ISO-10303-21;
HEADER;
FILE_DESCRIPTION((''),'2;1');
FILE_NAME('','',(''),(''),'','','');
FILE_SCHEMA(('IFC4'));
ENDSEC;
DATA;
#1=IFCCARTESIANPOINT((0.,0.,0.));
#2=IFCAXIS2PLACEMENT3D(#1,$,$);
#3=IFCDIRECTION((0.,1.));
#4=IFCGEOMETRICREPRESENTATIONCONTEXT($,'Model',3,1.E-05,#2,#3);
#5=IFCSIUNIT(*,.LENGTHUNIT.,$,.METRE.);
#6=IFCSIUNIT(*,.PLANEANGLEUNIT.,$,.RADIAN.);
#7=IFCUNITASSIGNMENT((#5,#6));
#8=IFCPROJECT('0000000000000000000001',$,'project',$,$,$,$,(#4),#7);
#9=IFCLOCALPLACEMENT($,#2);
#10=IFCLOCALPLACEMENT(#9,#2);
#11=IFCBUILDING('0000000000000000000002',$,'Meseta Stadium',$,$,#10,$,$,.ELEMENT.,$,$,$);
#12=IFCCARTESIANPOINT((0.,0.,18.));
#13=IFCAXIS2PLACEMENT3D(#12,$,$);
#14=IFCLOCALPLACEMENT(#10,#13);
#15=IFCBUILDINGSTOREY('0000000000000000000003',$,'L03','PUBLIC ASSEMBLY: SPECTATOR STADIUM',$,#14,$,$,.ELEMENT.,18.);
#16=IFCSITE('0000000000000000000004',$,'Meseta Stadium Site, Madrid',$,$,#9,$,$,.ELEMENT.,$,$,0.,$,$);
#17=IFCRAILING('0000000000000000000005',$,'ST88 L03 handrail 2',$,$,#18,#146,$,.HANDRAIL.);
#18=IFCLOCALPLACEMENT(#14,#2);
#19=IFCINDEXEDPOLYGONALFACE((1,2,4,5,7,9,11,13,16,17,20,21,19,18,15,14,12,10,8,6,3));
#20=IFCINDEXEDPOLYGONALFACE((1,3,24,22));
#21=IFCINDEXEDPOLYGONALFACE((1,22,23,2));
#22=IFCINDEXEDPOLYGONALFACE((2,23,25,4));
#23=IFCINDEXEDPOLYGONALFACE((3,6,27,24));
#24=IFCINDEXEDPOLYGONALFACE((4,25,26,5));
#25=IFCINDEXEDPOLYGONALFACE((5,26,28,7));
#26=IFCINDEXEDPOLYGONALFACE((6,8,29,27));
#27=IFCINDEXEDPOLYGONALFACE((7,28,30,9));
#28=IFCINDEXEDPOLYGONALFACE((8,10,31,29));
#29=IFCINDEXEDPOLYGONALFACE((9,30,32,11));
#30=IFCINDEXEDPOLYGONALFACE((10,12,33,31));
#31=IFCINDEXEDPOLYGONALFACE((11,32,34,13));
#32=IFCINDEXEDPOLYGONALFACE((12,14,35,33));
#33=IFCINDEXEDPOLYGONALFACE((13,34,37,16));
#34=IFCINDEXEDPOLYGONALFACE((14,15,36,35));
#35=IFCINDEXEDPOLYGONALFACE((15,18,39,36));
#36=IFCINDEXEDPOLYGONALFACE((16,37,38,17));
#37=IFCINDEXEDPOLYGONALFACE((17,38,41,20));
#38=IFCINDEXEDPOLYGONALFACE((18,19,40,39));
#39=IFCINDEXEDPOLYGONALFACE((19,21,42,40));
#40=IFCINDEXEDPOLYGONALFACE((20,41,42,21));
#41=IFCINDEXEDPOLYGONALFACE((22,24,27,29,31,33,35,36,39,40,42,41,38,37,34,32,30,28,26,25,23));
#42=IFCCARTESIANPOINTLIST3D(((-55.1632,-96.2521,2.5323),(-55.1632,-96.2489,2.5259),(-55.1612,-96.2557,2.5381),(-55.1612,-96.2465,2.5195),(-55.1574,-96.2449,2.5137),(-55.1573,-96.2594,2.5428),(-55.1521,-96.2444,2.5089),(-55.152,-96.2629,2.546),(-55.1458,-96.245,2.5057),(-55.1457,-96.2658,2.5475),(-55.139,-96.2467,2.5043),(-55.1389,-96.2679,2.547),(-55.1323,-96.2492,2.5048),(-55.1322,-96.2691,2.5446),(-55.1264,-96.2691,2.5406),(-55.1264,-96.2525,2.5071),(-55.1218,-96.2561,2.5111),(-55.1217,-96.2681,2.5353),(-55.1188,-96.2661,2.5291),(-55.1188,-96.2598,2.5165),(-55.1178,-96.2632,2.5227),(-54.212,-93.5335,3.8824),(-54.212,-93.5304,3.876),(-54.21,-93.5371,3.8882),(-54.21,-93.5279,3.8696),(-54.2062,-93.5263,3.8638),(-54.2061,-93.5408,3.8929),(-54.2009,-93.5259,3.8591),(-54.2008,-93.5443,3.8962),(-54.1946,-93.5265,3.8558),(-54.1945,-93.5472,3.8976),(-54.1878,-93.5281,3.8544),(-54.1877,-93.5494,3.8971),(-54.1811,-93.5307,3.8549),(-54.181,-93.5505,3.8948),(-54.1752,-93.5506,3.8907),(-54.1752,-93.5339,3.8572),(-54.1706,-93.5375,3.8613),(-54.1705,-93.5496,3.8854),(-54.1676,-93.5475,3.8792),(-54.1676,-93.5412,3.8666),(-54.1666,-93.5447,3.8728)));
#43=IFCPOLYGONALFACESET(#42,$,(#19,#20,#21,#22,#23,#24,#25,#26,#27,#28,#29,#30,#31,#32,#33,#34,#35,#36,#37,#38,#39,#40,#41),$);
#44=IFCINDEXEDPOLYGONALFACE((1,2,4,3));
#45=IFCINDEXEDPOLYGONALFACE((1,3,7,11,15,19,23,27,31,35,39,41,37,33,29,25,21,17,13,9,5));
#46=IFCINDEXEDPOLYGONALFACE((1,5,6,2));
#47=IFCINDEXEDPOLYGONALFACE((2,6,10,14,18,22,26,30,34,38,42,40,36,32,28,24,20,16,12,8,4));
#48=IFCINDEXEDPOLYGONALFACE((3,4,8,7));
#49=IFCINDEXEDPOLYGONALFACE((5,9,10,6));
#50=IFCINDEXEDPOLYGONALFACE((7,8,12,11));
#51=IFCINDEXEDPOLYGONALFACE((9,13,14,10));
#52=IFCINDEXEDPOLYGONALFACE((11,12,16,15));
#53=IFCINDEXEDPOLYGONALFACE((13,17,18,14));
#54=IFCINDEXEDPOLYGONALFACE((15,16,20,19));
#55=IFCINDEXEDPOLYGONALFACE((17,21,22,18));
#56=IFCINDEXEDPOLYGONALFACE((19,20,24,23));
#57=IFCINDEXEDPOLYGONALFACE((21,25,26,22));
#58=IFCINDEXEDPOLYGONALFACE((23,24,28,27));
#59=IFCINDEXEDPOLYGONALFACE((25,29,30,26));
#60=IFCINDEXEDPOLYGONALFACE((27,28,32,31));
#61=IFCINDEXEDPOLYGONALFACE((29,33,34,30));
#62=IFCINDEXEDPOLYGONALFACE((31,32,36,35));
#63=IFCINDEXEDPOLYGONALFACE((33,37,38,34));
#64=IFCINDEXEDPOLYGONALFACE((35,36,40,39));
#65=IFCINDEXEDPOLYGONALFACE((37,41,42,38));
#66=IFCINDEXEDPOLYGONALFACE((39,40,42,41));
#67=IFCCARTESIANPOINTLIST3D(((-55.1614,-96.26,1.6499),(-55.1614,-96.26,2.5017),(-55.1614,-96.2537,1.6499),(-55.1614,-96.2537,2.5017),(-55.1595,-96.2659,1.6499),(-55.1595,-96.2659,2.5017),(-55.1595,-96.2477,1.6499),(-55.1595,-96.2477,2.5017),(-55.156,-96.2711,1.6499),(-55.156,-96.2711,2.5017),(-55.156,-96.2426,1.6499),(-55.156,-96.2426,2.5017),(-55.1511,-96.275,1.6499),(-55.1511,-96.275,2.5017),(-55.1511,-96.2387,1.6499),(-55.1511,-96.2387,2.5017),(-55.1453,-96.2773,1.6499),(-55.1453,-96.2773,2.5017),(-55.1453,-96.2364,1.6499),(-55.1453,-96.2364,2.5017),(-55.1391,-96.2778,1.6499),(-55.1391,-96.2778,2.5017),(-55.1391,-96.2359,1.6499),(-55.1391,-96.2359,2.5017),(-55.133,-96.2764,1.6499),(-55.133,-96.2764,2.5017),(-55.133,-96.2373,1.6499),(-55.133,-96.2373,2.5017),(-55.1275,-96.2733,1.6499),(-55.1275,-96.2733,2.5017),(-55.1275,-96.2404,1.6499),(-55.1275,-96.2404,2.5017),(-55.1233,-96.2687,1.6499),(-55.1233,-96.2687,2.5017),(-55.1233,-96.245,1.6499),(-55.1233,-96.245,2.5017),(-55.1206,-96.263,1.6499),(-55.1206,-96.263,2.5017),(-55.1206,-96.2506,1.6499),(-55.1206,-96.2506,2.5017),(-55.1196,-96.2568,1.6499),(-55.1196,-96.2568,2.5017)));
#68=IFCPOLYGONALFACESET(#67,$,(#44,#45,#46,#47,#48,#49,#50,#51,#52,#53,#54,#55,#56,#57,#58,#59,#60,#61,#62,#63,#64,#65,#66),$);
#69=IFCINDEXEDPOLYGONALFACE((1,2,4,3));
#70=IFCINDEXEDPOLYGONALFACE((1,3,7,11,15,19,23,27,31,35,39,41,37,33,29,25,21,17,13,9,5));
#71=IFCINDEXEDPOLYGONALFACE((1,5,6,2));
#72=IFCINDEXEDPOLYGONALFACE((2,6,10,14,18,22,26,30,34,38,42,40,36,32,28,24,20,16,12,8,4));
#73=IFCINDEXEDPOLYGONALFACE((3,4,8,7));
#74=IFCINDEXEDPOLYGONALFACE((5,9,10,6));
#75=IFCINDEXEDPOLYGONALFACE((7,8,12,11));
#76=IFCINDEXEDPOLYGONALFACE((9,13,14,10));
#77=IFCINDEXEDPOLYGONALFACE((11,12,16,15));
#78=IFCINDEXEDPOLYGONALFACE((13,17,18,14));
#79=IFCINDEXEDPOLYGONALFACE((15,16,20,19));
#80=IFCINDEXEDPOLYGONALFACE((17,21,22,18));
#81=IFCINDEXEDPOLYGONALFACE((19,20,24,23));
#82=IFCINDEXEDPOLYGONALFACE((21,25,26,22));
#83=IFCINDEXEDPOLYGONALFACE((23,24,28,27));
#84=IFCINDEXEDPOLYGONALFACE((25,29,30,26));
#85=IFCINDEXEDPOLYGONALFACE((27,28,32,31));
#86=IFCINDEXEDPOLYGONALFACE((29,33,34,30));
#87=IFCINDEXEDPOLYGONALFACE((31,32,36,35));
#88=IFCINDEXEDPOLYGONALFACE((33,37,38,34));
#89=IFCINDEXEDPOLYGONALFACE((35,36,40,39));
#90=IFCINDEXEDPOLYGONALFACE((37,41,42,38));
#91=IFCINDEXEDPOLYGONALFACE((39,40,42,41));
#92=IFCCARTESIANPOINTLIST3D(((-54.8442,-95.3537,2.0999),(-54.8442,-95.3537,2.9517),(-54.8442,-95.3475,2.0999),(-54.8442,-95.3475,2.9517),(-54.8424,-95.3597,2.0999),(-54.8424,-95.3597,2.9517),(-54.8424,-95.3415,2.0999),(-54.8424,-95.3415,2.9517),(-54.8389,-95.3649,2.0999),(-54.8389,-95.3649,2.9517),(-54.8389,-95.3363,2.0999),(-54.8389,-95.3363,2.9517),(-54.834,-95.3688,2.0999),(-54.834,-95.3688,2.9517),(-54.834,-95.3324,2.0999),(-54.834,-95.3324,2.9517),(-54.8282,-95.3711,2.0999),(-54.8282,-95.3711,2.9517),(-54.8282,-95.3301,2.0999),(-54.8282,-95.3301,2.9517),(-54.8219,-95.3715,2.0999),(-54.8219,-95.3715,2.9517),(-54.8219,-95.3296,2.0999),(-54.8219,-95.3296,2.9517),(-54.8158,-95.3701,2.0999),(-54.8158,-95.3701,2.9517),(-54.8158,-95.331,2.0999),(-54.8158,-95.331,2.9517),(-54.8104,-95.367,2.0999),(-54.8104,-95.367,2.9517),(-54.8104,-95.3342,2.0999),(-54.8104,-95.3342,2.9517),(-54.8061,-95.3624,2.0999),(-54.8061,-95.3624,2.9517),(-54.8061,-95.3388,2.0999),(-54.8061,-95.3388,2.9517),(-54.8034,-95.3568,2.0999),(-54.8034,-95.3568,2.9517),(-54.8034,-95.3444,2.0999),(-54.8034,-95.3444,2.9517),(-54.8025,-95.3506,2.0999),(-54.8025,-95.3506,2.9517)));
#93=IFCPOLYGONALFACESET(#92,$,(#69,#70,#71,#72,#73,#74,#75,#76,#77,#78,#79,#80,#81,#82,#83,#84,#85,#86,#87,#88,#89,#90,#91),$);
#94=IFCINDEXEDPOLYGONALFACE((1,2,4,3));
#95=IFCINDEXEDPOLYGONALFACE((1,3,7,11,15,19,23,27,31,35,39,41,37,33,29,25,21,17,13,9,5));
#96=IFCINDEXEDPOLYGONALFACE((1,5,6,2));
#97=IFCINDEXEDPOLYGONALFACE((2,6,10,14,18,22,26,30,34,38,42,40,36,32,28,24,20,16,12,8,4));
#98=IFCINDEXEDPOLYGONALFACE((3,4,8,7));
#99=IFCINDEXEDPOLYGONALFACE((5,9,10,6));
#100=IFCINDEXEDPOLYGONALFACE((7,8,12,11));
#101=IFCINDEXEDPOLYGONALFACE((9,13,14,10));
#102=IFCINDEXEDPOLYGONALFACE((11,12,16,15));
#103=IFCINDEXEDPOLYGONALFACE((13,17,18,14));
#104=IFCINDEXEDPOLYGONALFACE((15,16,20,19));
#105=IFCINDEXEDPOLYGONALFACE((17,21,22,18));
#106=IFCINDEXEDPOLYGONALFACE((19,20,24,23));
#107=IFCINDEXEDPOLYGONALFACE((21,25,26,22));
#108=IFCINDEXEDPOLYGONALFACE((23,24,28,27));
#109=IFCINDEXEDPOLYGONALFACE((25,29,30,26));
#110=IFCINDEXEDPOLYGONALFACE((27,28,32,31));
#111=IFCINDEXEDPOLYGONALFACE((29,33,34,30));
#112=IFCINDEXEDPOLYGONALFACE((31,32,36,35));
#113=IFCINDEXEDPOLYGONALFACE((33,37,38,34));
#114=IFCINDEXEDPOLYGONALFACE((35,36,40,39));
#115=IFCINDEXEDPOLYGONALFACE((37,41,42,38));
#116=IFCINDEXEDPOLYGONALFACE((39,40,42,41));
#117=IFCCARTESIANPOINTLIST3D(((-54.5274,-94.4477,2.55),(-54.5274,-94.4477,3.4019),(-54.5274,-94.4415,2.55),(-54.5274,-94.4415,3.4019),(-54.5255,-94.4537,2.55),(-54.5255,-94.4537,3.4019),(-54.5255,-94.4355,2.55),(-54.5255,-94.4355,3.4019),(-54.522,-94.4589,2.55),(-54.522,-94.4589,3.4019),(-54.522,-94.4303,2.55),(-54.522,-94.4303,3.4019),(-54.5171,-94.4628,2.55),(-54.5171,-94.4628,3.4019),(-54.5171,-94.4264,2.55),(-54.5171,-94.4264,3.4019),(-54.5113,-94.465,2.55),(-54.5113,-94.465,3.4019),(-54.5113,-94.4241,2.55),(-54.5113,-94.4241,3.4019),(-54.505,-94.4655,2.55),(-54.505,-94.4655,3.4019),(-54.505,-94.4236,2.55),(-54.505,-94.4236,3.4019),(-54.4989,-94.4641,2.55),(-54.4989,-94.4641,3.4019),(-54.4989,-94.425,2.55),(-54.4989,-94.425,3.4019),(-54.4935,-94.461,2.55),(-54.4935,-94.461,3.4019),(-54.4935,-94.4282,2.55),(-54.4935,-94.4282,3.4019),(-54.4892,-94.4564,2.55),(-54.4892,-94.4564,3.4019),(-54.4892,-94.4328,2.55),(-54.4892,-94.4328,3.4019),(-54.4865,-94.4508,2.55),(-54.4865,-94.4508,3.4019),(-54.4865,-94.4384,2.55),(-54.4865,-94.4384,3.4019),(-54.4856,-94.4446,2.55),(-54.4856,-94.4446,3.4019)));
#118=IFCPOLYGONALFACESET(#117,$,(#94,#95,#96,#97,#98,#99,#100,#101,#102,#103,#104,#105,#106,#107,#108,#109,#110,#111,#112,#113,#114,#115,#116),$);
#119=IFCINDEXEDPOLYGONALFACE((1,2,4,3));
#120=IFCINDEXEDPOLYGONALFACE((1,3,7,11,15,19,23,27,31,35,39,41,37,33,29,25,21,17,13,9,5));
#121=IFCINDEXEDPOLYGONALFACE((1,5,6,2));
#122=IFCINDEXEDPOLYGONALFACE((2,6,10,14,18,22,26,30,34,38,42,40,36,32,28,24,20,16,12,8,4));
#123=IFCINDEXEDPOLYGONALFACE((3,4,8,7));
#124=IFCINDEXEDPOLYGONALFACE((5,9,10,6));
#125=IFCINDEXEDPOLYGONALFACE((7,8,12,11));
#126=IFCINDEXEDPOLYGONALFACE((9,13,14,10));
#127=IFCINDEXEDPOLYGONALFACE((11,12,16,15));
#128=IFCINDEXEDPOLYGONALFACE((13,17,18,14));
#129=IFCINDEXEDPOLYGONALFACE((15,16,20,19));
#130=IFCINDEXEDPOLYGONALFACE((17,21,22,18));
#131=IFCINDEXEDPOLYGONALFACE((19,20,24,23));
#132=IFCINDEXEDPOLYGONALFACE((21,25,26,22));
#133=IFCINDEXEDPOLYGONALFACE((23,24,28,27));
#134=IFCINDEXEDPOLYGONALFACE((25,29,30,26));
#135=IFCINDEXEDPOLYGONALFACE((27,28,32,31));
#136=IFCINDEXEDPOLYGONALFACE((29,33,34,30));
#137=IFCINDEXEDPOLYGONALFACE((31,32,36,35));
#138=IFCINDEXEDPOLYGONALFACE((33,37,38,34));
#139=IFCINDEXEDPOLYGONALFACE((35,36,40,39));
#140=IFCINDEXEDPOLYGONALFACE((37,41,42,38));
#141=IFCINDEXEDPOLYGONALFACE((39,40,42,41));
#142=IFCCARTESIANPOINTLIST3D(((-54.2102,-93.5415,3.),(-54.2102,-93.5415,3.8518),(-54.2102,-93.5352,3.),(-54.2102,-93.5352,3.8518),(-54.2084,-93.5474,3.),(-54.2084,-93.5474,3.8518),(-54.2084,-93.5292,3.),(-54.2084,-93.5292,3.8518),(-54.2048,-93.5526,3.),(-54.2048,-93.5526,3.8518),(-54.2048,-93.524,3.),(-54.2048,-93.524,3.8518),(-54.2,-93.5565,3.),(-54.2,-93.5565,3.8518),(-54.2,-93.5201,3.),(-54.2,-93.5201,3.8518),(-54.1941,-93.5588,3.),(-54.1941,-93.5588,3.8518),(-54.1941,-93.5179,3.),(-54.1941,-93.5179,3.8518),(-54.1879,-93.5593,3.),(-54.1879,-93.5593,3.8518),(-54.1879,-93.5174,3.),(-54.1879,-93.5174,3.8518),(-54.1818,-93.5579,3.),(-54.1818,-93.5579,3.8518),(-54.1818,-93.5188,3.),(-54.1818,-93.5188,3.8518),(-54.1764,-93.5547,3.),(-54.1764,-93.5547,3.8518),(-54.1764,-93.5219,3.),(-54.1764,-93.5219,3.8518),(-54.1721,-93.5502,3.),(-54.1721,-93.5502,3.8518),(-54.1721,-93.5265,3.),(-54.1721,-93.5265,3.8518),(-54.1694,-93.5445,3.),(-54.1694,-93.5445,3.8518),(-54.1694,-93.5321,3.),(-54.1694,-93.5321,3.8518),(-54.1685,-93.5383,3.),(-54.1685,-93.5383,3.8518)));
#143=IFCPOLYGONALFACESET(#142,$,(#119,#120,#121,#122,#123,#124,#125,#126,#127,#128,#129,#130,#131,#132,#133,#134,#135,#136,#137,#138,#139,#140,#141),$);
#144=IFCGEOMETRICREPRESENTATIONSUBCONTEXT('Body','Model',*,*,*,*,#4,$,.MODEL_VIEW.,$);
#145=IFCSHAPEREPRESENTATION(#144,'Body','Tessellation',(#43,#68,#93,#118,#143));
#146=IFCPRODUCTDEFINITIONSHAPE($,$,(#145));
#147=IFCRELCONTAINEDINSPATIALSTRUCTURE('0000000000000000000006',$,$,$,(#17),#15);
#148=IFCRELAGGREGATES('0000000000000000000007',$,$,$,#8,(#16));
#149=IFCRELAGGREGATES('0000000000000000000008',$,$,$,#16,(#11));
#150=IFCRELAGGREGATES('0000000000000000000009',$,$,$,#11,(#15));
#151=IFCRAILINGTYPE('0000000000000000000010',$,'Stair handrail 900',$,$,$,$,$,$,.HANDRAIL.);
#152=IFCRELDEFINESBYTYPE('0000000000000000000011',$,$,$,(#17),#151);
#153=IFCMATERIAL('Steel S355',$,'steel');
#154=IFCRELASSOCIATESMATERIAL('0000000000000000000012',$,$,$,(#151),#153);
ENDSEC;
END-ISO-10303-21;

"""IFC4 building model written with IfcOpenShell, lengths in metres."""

from ifc_helpers import new_model, si_unit, direction, frame, origin, origin_2d, place, context, subcontext, project, spatial, circle, extrude, material, type_object, element, save


model = new_model("IFC4")

# Units and contexts
model_context = context("Model", 3, precision=1e-05, world=origin(), true_north=direction((0.0, 1.0)))
body_context = subcontext(model_context, "Body", "Model", "MODEL_VIEW")
ifc_project = project(units=[si_unit("LENGTHUNIT", "METRE"), si_unit("PLANEANGLEUNIT", "RADIAN")], contexts=[model_context])

# Site, building, storey
site_placement = place(None, origin())
site = spatial("IfcSite", under=ifc_project, at=site_placement, Name="Meseta Stadium Site, Madrid", CompositionType="ELEMENT", RefElevation=0.0)
building_placement = place(site_placement, origin())
building = spatial("IfcBuilding", under=site, at=building_placement, Name="Meseta Stadium", CompositionType="ELEMENT")
storey_placement = place(building_placement, frame((0.0, 0.0, 18.0)))
storey = spatial("IfcBuildingStorey", under=building, at=storey_placement, Name="L03", Description="PUBLIC ASSEMBLY: SPECTATOR STADIUM", CompositionType="ELEMENT", Elevation=18.0)

# Railing
ifc_material_1 = material(Name="Steel S355", Category="steel")
railing_type_1 = type_object("IfcRailingType", Name="Stair handrail 900", PredefinedType="HANDRAIL", material=ifc_material_1)
for number, where, name in (
    (1, (-55.1406, -96.2568, 1.6499), "ST88 L03 handrail 2"),
):
    element("IfcRailing", number, at=place(storey_placement, frame(where)), inside=storey, type_object=railing_type_1, Name=name, PredefinedType="HANDRAIL", context=body_context, shape_type="SweptSolid", body=[
        extrude(circle(Radius=0.0239, at=origin_2d()), frame((0.0, 0.0, 0.876), z_axis=(0.299031, 0.854649, 0.424446), x_axis=(-0.943891, 0.330256, 0.0)), (0.0, 0.0, 1.0), 3.1809),
        extrude(circle(Radius=0.021, at=origin_2d()), origin(), (0.0, 0.0, 1.0), 0.8518),
        extrude(circle(Radius=0.021, at=origin_2d()), frame((0.3171, 0.9062, 0.45)), (0.0, 0.0, 1.0), 0.8518),
        extrude(circle(Radius=0.021, at=origin_2d()), frame((0.634, 1.8123, 0.9001)), (0.0, 0.0, 1.0), 0.8518),
        extrude(circle(Radius=0.021, at=origin_2d()), frame((0.9512, 2.7185, 1.3501)), (0.0, 0.0, 1.0), 0.8518),
    ])

save(model, "model.ifc")
